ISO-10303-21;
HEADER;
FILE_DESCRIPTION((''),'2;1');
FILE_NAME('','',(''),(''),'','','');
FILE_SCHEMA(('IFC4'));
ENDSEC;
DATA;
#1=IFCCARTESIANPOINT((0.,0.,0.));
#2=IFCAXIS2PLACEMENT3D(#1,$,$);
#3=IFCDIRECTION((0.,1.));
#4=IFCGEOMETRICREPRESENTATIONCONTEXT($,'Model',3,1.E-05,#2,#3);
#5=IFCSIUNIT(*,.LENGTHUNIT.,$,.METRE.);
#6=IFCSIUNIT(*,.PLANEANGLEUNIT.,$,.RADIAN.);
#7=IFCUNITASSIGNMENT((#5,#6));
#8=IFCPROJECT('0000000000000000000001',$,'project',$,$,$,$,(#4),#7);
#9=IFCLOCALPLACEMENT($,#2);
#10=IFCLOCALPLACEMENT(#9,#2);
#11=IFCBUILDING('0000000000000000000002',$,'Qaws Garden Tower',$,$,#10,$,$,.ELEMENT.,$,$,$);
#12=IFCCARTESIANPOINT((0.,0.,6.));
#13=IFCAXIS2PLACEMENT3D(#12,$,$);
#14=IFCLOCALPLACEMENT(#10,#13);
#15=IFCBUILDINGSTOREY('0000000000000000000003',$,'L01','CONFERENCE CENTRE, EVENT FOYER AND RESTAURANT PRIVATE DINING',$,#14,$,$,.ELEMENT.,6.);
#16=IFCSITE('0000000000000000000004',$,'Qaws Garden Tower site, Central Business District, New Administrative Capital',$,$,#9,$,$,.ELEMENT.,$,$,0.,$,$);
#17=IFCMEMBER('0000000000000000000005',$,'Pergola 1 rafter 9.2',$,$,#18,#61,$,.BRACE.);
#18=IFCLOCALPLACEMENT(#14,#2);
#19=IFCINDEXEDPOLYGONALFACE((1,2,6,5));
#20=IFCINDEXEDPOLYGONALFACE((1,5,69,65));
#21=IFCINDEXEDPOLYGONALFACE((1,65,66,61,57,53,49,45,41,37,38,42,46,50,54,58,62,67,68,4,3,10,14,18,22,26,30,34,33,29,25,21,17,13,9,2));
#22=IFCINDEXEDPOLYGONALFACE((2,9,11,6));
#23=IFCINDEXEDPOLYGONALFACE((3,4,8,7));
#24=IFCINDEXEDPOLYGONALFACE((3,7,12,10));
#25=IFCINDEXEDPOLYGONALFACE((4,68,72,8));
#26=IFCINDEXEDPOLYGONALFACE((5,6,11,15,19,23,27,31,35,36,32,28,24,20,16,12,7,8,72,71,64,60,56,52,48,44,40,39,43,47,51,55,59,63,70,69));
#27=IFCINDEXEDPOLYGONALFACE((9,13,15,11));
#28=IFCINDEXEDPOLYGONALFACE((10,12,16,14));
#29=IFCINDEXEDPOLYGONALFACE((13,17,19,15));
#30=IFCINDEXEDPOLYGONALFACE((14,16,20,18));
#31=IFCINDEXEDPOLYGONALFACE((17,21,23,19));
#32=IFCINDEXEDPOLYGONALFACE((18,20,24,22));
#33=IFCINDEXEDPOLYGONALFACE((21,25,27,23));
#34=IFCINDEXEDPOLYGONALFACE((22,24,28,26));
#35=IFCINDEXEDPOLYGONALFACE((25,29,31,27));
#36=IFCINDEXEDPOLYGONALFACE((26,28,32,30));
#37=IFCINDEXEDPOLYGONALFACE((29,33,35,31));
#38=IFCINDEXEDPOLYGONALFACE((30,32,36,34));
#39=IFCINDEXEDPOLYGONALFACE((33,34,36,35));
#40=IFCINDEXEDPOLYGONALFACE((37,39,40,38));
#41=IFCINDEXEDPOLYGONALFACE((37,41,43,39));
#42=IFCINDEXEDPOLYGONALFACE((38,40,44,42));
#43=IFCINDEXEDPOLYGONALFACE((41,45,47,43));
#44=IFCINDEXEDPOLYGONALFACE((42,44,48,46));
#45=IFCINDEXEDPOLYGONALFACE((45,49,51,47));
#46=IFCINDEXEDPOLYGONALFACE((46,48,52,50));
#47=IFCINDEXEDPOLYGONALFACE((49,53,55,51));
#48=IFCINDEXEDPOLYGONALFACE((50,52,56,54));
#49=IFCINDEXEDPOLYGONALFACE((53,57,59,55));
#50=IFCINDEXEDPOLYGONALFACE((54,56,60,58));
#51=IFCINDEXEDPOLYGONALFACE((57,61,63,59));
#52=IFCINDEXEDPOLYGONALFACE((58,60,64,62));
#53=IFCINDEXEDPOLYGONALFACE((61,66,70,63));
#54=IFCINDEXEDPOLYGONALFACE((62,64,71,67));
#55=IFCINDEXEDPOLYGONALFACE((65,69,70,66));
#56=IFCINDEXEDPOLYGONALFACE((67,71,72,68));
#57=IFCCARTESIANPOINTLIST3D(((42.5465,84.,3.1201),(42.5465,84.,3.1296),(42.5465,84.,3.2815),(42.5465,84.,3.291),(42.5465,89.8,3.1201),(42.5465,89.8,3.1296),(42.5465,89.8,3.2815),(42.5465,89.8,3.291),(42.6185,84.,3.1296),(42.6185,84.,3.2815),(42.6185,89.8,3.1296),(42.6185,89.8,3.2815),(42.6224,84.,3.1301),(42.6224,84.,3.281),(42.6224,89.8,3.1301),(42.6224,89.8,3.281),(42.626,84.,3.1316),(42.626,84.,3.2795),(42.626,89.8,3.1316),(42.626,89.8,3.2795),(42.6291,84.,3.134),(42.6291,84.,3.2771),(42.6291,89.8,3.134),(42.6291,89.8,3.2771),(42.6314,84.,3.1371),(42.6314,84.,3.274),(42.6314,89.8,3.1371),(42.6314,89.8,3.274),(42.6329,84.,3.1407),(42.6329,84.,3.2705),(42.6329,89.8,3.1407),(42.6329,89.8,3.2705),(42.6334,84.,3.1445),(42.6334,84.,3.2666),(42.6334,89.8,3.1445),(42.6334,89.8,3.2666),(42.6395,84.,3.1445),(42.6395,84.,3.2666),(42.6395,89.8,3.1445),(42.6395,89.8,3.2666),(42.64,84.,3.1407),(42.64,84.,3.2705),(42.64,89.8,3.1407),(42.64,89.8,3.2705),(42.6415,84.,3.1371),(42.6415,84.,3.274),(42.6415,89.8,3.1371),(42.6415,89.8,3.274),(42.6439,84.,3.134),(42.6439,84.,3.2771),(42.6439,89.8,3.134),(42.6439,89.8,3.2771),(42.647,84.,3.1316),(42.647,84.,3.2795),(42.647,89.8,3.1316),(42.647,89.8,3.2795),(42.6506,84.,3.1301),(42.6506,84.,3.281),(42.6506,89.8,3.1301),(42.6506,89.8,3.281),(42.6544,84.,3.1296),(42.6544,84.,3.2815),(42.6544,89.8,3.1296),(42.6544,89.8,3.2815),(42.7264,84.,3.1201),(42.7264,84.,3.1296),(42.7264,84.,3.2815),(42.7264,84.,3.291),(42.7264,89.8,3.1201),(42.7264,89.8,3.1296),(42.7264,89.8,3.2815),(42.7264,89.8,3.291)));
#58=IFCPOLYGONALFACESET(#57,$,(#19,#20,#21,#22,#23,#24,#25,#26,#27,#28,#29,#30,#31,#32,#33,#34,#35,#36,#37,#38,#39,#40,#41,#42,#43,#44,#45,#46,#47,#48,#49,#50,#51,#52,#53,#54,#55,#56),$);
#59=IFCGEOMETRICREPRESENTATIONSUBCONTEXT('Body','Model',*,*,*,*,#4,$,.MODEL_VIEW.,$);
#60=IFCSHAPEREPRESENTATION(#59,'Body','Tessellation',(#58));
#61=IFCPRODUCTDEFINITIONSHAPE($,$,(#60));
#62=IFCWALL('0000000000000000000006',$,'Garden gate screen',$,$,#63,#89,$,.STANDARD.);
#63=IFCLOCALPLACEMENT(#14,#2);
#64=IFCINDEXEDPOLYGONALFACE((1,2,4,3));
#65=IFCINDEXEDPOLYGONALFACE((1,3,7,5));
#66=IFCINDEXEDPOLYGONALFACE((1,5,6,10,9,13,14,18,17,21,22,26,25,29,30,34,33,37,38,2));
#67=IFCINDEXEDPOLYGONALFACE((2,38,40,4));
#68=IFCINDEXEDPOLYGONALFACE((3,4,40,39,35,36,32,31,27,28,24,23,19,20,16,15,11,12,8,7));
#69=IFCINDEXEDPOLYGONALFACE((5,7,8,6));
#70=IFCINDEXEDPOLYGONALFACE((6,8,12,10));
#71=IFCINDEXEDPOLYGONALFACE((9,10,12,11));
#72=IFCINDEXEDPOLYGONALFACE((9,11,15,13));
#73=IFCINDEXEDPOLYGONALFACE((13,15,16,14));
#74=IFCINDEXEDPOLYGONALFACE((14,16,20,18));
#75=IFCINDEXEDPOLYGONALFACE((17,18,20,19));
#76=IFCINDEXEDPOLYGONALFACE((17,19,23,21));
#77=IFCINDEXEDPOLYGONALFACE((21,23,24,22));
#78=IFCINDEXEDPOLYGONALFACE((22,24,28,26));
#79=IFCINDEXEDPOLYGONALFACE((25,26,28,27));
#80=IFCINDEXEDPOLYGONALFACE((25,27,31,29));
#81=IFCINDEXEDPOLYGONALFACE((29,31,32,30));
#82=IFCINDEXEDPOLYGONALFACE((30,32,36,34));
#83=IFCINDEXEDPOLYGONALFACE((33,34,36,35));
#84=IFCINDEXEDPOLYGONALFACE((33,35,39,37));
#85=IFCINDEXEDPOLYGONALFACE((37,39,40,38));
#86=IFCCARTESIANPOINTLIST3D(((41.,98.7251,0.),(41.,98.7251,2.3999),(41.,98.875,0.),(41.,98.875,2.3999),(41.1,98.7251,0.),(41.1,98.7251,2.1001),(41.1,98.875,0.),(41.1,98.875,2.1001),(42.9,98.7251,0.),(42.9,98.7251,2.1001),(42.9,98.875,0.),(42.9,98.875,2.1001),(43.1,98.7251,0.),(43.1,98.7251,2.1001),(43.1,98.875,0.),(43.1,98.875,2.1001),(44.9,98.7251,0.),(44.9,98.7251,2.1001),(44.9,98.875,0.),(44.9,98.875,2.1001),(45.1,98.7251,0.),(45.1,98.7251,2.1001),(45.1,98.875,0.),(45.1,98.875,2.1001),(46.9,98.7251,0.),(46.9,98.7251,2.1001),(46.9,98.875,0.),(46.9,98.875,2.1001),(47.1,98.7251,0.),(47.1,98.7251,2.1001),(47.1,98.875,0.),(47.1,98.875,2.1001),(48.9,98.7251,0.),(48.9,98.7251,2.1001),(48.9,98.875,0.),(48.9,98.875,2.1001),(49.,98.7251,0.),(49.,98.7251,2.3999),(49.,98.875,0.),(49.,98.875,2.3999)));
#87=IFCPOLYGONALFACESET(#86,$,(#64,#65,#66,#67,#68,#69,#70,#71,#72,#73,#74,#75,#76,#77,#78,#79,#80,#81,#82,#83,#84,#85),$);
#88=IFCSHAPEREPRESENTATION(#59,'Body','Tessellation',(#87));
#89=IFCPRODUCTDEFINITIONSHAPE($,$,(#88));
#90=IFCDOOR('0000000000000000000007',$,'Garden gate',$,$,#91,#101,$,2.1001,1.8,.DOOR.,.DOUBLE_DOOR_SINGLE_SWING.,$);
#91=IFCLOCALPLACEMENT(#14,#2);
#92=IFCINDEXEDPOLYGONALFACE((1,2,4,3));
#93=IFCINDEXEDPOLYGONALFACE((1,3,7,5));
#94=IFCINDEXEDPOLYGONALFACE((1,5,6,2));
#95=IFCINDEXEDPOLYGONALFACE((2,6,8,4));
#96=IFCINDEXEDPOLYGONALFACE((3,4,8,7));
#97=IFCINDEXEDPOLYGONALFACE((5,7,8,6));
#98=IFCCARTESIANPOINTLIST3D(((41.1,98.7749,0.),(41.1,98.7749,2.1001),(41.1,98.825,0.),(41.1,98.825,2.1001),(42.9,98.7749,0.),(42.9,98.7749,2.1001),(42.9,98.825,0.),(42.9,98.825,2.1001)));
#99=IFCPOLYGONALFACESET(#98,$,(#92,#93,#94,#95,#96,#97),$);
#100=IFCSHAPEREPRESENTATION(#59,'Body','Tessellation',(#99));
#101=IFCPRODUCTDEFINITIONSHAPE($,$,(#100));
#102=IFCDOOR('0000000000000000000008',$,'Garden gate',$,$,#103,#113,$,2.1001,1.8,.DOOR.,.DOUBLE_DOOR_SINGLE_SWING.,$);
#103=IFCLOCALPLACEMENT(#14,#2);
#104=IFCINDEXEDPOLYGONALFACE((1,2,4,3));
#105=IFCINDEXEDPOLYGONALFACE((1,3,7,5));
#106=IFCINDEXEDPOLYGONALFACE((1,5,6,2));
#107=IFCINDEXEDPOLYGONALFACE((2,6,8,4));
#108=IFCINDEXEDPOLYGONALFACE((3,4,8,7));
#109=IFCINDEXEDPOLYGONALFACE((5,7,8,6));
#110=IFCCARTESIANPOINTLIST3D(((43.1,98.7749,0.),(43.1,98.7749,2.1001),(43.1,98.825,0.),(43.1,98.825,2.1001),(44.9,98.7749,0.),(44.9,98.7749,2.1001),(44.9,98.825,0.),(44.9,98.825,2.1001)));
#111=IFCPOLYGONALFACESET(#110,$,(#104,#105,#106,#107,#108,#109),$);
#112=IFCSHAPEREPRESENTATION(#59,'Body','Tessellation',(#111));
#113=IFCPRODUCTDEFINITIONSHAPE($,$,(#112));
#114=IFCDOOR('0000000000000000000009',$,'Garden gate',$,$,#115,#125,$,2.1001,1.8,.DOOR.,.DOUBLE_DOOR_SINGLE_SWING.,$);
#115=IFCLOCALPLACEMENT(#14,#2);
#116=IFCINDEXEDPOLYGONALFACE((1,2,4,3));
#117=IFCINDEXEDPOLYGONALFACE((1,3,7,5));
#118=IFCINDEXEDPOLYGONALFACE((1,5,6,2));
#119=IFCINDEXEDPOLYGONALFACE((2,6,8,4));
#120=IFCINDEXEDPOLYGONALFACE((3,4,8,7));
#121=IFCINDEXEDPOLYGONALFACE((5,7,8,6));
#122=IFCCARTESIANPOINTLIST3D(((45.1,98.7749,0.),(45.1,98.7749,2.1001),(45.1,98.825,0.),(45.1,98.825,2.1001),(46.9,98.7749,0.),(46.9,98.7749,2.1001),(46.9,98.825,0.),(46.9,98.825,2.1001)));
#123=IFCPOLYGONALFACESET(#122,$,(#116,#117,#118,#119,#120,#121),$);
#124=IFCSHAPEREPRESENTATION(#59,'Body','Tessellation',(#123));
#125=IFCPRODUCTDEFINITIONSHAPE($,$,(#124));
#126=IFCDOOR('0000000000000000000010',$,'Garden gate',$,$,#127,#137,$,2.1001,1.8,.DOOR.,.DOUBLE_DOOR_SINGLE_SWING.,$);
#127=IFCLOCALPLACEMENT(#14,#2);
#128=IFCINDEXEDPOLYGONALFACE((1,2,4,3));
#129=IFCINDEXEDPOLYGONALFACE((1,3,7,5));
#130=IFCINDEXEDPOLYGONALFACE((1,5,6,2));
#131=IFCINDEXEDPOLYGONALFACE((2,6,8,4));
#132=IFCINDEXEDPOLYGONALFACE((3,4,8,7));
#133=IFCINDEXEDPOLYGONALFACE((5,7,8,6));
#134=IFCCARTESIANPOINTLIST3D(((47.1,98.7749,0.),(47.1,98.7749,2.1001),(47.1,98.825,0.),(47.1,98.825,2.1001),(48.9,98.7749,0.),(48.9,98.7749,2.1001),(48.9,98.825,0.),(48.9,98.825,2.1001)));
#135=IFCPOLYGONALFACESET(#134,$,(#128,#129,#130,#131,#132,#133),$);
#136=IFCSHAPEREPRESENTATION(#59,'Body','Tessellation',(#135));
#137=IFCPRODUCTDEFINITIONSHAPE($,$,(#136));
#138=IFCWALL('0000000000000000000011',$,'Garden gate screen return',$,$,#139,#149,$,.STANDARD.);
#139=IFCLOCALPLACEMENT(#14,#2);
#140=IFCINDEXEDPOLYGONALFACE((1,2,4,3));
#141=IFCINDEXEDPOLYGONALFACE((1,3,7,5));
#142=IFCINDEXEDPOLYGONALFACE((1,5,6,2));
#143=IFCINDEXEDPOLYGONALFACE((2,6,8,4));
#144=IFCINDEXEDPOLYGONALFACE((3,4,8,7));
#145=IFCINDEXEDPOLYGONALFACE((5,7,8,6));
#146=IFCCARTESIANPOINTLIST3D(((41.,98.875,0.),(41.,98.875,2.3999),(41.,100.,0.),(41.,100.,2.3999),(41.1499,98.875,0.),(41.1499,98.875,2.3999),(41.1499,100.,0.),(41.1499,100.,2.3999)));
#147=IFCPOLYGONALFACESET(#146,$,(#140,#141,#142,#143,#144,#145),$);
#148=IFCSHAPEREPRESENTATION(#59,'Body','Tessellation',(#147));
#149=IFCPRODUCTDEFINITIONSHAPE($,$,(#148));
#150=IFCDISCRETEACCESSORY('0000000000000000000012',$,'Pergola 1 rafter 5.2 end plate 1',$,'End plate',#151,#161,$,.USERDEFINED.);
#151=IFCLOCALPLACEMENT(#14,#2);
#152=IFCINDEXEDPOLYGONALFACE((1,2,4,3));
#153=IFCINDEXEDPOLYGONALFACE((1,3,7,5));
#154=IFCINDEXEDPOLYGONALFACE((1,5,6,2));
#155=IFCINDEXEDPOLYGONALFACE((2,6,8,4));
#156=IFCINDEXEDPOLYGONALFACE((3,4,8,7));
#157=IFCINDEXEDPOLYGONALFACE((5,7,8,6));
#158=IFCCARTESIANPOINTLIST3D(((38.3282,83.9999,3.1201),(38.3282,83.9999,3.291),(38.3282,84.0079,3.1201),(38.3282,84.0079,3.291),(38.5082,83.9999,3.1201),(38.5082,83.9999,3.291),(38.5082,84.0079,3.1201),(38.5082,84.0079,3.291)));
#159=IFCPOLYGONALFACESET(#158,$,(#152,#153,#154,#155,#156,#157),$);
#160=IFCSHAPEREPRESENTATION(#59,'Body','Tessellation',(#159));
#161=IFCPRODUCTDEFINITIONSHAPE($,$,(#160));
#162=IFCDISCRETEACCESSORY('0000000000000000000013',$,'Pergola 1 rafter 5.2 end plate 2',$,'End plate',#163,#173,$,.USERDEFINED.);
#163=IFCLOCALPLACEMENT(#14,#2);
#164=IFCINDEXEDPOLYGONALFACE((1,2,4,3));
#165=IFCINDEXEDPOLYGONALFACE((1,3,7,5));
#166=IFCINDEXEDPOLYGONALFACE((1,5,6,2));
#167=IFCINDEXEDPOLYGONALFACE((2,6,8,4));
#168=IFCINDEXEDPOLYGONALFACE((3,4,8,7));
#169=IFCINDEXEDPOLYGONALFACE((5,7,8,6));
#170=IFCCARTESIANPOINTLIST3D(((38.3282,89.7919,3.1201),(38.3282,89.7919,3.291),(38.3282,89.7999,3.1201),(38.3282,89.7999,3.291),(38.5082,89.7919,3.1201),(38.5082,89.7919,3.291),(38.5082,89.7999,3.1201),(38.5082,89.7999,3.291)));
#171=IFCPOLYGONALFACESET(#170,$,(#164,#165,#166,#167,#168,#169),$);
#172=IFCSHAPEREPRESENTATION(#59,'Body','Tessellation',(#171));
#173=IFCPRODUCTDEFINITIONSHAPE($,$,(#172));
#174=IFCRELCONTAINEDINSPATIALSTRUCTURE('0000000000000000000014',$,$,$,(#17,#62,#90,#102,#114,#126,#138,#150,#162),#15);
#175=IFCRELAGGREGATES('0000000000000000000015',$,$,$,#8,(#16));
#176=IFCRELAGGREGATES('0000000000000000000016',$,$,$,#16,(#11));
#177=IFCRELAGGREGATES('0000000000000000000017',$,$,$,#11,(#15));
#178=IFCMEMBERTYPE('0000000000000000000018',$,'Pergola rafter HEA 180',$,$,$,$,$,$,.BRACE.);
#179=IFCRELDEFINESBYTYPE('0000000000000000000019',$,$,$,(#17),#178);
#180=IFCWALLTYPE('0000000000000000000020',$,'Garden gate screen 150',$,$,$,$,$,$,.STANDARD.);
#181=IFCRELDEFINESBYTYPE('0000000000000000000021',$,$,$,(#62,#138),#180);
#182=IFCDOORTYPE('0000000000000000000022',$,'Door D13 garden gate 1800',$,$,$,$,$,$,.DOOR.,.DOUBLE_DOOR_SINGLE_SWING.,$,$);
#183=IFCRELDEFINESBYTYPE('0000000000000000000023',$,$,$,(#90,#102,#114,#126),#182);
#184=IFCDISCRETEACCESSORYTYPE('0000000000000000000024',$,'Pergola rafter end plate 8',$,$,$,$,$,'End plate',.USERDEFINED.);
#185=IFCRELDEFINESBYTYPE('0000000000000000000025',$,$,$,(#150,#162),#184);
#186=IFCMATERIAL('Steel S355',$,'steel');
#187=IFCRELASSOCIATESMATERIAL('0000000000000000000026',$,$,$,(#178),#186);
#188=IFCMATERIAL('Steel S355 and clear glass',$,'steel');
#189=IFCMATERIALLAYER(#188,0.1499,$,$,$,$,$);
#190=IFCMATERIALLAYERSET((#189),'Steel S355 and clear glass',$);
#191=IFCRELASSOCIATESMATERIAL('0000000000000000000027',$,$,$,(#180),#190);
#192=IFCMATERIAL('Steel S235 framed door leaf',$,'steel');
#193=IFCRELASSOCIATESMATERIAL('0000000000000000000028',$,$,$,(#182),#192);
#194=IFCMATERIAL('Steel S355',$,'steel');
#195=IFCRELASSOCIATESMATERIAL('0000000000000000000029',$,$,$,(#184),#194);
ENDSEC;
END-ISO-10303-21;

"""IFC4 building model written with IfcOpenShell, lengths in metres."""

from ifc_helpers import new_model, si_unit, direction, frame, frame_2d, origin, origin_2d, place, context, subcontext, project, spatial, rectangle, i_section, extrude, material, layer, layer_set, material_profile, profile_set, type_object, element, fill, save


model = new_model("IFC4")

# Units and contexts
model_context = context("Model", 3, precision=1e-05, world=origin(), true_north=direction((0.0, 1.0)))
body_context = subcontext(model_context, "Body", "Model", "MODEL_VIEW")
ifc_project = project(units=[si_unit("LENGTHUNIT", "METRE"), si_unit("PLANEANGLEUNIT", "RADIAN")], contexts=[model_context])

# Site, building, storey
site_placement = place(None, origin())
site = spatial("IfcSite", under=ifc_project, at=site_placement, Name="Qaws Garden Tower site, Central Business District, New Administrative Capital", CompositionType="ELEMENT", RefElevation=0.0)
building_placement = place(site_placement, origin())
building = spatial("IfcBuilding", under=site, at=building_placement, Name="Qaws Garden Tower", CompositionType="ELEMENT")
storey_placement = place(building_placement, frame((0.0, 0.0, 6.0)))
storey = spatial("IfcBuildingStorey", under=building, at=storey_placement, Name="L01", Description="CONFERENCE CENTRE, EVENT FOYER AND RESTAURANT PRIVATE DINING", CompositionType="ELEMENT", Elevation=6.0)

# Member
ifc_material_1 = material(Name="Steel S355", Category="steel")
ifc_material_profile_1 = material_profile(ifc_material_1, i_section(OverallWidth=0.1799, OverallDepth=0.1709, WebThickness=0.0061, FlangeThickness=0.0095, FilletRadius=0.0149, at=origin_2d()), Name="HEA 180")
ifc_profile_set_1 = profile_set([ifc_material_profile_1], Name="Steel S355")
member_type = type_object("IfcMemberType", Name="Pergola rafter HEA 180", PredefinedType="BRACE", material=ifc_profile_set_1)
for number, where, z_axis, x_axis, name in (
    (1, (42.6365, 84.0, 3.2056), (0.0, 1.0, 0.0), (-1.0, 0.0, 0.0), "Pergola 1 rafter 9.2"),
):
    element("IfcMember", number, at=place(storey_placement, frame(where, z_axis=z_axis, x_axis=x_axis)), inside=storey, type_object=member_type, Name=name, PredefinedType="BRACE", context=body_context, shape_type="SweptSolid", body=[
        extrude(i_section(OverallWidth=0.1799, OverallDepth=0.1709, WebThickness=0.0061, FlangeThickness=0.0095, FilletRadius=0.0149, at=origin_2d()), origin(), (0.0, 0.0, 1.0), 5.8),
    ])

# Wall, openings, doors
ifc_material_2 = material(Name="Steel S355 and clear glass", Category="steel")
ifc_layer = layer(ifc_material_2, 0.1499)
ifc_layer_set = layer_set([ifc_layer], Name="Steel S355 and clear glass")
wall_type = type_object("IfcWallType", Name="Garden gate screen 150", PredefinedType="STANDARD", material=ifc_layer_set)
wall_1_placement = place(storey_placement, frame((41.0, 98.8, 0.0), z_axis=(0.0, 0.0, 1.0), x_axis=(1.0, 0.0, 0.0)))
wall_1 = element("IfcWall", 2, at=wall_1_placement, inside=storey, type_object=wall_type, Name="Garden gate screen", PredefinedType="STANDARD", context=body_context, shape_type="SweptSolid", body=[
    extrude(rectangle(XDim=8.0, YDim=0.1499, at=frame_2d((4.0, 0.0))), origin(), (0.0, 0.0, 1.0), 2.3999),
])
opening_1_placement = place(wall_1_placement, frame((0.1001, 0.0, 0.0)))
opening_1 = element("IfcOpeningElement", 3, at=opening_1_placement, cuts=wall_1, PredefinedType="OPENING", context=body_context, shape_type="SweptSolid", body=[
    extrude(rectangle(XDim=1.8, YDim=2.1001, at=frame_2d((0.8999, 1.05))), frame((0.0, 0.085, 0.0), z_axis=(0.0, -1.0, 0.0), x_axis=(1.0, 0.0, 0.0)), (0.0, 0.0, 1.0), 0.1699),
])
opening_2_placement = place(wall_1_placement, frame((2.1001, 0.0, 0.0)))
opening_2 = element("IfcOpeningElement", 4, at=opening_2_placement, cuts=wall_1, PredefinedType="OPENING", context=body_context, shape_type="SweptSolid", body=[
    extrude(rectangle(XDim=1.8, YDim=2.1001, at=frame_2d((0.8999, 1.05))), frame((0.0, 0.085, 0.0), z_axis=(0.0, -1.0, 0.0), x_axis=(1.0, 0.0, 0.0)), (0.0, 0.0, 1.0), 0.1699),
])
opening_3_placement = place(wall_1_placement, frame((4.1001, 0.0, 0.0)))
opening_3 = element("IfcOpeningElement", 5, at=opening_3_placement, cuts=wall_1, PredefinedType="OPENING", context=body_context, shape_type="SweptSolid", body=[
    extrude(rectangle(XDim=1.8, YDim=2.1001, at=frame_2d((0.8999, 1.05))), frame((0.0, 0.085, 0.0), z_axis=(0.0, -1.0, 0.0), x_axis=(1.0, 0.0, 0.0)), (0.0, 0.0, 1.0), 0.1699),
])
opening_4_placement = place(wall_1_placement, frame((6.1001, 0.0, 0.0)))
opening_4 = element("IfcOpeningElement", 6, at=opening_4_placement, cuts=wall_1, PredefinedType="OPENING", context=body_context, shape_type="SweptSolid", body=[
    extrude(rectangle(XDim=1.8, YDim=2.1001, at=frame_2d((0.8999, 1.05))), frame((0.0, 0.085, 0.0), z_axis=(0.0, -1.0, 0.0), x_axis=(1.0, 0.0, 0.0)), (0.0, 0.0, 1.0), 0.1699),
])
ifc_material_3 = material(Name="Steel S235 framed door leaf", Category="steel")
door_type = type_object("IfcDoorType", Name="Door D13 garden gate 1800", OperationType="DOUBLE_DOOR_SINGLE_SWING", PredefinedType="DOOR", material=ifc_material_3)
door_1_placement = place(opening_1_placement, origin())
door_1 = element("IfcDoor", 7, at=door_1_placement, inside=storey, type_object=door_type, Name="Garden gate", OperationType="DOUBLE_DOOR_SINGLE_SWING", OverallHeight=2.1001, OverallWidth=1.8, PredefinedType="DOOR", context=body_context, shape_type="SweptSolid", body=[
    extrude(rectangle(XDim=1.8, YDim=2.1001, at=frame_2d((0.8999, 1.05))), frame((0.0, 0.0249, 0.0), z_axis=(0.0, -1.0, 0.0), x_axis=(1.0, 0.0, 0.0)), (0.0, 0.0, 1.0), 0.05),
])
fill(opening_1, door_1)
door_2_placement = place(opening_2_placement, origin())
door_2 = element("IfcDoor", 8, at=door_2_placement, inside=storey, type_object=door_type, Name="Garden gate", OperationType="DOUBLE_DOOR_SINGLE_SWING", OverallHeight=2.1001, OverallWidth=1.8, PredefinedType="DOOR", context=body_context, shape_type="SweptSolid", body=[
    extrude(rectangle(XDim=1.8, YDim=2.1001, at=frame_2d((0.8999, 1.05))), frame((0.0, 0.0249, 0.0), z_axis=(0.0, -1.0, 0.0), x_axis=(1.0, 0.0, 0.0)), (0.0, 0.0, 1.0), 0.05),
])
fill(opening_2, door_2)
door_3_placement = place(opening_3_placement, origin())
door_3 = element("IfcDoor", 9, at=door_3_placement, inside=storey, type_object=door_type, Name="Garden gate", OperationType="DOUBLE_DOOR_SINGLE_SWING", OverallHeight=2.1001, OverallWidth=1.8, PredefinedType="DOOR", context=body_context, shape_type="SweptSolid", body=[
    extrude(rectangle(XDim=1.8, YDim=2.1001, at=frame_2d((0.8999, 1.05))), frame((0.0, 0.0249, 0.0), z_axis=(0.0, -1.0, 0.0), x_axis=(1.0, 0.0, 0.0)), (0.0, 0.0, 1.0), 0.05),
])
fill(opening_3, door_3)
door_4_placement = place(opening_4_placement, origin())
door_4 = element("IfcDoor", 10, at=door_4_placement, inside=storey, type_object=door_type, Name="Garden gate", OperationType="DOUBLE_DOOR_SINGLE_SWING", OverallHeight=2.1001, OverallWidth=1.8, PredefinedType="DOOR", context=body_context, shape_type="SweptSolid", body=[
    extrude(rectangle(XDim=1.8, YDim=2.1001, at=frame_2d((0.8999, 1.05))), frame((0.0, 0.0249, 0.0), z_axis=(0.0, -1.0, 0.0), x_axis=(1.0, 0.0, 0.0)), (0.0, 0.0, 1.0), 0.05),
])
fill(opening_4, door_4)

# Wall
wall_2_placement = place(storey_placement, frame((41.075, 98.875, 0.0), z_axis=(0.0, 0.0, 1.0), x_axis=(0.0, 1.0, 0.0)))
element("IfcWall", 11, at=wall_2_placement, inside=storey, type_object=wall_type, Name="Garden gate screen return", PredefinedType="STANDARD", context=body_context, shape_type="SweptSolid", body=[
    extrude(rectangle(XDim=1.125, YDim=0.1499, at=frame_2d((0.5625, 0.0))), origin(), (0.0, 0.0, 1.0), 2.3999),
])

# Discrete accessories
ifc_material_4 = material(Name="Steel S355", Category="steel")
discrete_accessory_type = type_object("IfcDiscreteAccessoryType", Name="Pergola rafter end plate 8", ElementType="End plate", PredefinedType="USERDEFINED", material=ifc_material_4)
for number, where, z_axis, x_axis, name in (
    (12, (38.4182, 84.0039, 3.1201), (0.0, 0.0, 1.0), (1.0, 0.0, 0.0), "Pergola 1 rafter 5.2 end plate 1"),
    (13, (38.4182, 89.7959, 3.1201), (0.0, 0.0, 1.0), (1.0, 0.0, 0.0), "Pergola 1 rafter 5.2 end plate 2"),
):
    element("IfcDiscreteAccessory", number, at=place(storey_placement, frame(where, z_axis=z_axis, x_axis=x_axis)), inside=storey, type_object=discrete_accessory_type, Name=name, ObjectType="End plate", PredefinedType="USERDEFINED", context=body_context, shape_type="SweptSolid", body=[
        extrude(rectangle(XDim=0.1799, YDim=0.0081, at=origin_2d()), origin(), (0.0, 0.0, 1.0), 0.1709),
    ])

save(model, "model.ifc")
